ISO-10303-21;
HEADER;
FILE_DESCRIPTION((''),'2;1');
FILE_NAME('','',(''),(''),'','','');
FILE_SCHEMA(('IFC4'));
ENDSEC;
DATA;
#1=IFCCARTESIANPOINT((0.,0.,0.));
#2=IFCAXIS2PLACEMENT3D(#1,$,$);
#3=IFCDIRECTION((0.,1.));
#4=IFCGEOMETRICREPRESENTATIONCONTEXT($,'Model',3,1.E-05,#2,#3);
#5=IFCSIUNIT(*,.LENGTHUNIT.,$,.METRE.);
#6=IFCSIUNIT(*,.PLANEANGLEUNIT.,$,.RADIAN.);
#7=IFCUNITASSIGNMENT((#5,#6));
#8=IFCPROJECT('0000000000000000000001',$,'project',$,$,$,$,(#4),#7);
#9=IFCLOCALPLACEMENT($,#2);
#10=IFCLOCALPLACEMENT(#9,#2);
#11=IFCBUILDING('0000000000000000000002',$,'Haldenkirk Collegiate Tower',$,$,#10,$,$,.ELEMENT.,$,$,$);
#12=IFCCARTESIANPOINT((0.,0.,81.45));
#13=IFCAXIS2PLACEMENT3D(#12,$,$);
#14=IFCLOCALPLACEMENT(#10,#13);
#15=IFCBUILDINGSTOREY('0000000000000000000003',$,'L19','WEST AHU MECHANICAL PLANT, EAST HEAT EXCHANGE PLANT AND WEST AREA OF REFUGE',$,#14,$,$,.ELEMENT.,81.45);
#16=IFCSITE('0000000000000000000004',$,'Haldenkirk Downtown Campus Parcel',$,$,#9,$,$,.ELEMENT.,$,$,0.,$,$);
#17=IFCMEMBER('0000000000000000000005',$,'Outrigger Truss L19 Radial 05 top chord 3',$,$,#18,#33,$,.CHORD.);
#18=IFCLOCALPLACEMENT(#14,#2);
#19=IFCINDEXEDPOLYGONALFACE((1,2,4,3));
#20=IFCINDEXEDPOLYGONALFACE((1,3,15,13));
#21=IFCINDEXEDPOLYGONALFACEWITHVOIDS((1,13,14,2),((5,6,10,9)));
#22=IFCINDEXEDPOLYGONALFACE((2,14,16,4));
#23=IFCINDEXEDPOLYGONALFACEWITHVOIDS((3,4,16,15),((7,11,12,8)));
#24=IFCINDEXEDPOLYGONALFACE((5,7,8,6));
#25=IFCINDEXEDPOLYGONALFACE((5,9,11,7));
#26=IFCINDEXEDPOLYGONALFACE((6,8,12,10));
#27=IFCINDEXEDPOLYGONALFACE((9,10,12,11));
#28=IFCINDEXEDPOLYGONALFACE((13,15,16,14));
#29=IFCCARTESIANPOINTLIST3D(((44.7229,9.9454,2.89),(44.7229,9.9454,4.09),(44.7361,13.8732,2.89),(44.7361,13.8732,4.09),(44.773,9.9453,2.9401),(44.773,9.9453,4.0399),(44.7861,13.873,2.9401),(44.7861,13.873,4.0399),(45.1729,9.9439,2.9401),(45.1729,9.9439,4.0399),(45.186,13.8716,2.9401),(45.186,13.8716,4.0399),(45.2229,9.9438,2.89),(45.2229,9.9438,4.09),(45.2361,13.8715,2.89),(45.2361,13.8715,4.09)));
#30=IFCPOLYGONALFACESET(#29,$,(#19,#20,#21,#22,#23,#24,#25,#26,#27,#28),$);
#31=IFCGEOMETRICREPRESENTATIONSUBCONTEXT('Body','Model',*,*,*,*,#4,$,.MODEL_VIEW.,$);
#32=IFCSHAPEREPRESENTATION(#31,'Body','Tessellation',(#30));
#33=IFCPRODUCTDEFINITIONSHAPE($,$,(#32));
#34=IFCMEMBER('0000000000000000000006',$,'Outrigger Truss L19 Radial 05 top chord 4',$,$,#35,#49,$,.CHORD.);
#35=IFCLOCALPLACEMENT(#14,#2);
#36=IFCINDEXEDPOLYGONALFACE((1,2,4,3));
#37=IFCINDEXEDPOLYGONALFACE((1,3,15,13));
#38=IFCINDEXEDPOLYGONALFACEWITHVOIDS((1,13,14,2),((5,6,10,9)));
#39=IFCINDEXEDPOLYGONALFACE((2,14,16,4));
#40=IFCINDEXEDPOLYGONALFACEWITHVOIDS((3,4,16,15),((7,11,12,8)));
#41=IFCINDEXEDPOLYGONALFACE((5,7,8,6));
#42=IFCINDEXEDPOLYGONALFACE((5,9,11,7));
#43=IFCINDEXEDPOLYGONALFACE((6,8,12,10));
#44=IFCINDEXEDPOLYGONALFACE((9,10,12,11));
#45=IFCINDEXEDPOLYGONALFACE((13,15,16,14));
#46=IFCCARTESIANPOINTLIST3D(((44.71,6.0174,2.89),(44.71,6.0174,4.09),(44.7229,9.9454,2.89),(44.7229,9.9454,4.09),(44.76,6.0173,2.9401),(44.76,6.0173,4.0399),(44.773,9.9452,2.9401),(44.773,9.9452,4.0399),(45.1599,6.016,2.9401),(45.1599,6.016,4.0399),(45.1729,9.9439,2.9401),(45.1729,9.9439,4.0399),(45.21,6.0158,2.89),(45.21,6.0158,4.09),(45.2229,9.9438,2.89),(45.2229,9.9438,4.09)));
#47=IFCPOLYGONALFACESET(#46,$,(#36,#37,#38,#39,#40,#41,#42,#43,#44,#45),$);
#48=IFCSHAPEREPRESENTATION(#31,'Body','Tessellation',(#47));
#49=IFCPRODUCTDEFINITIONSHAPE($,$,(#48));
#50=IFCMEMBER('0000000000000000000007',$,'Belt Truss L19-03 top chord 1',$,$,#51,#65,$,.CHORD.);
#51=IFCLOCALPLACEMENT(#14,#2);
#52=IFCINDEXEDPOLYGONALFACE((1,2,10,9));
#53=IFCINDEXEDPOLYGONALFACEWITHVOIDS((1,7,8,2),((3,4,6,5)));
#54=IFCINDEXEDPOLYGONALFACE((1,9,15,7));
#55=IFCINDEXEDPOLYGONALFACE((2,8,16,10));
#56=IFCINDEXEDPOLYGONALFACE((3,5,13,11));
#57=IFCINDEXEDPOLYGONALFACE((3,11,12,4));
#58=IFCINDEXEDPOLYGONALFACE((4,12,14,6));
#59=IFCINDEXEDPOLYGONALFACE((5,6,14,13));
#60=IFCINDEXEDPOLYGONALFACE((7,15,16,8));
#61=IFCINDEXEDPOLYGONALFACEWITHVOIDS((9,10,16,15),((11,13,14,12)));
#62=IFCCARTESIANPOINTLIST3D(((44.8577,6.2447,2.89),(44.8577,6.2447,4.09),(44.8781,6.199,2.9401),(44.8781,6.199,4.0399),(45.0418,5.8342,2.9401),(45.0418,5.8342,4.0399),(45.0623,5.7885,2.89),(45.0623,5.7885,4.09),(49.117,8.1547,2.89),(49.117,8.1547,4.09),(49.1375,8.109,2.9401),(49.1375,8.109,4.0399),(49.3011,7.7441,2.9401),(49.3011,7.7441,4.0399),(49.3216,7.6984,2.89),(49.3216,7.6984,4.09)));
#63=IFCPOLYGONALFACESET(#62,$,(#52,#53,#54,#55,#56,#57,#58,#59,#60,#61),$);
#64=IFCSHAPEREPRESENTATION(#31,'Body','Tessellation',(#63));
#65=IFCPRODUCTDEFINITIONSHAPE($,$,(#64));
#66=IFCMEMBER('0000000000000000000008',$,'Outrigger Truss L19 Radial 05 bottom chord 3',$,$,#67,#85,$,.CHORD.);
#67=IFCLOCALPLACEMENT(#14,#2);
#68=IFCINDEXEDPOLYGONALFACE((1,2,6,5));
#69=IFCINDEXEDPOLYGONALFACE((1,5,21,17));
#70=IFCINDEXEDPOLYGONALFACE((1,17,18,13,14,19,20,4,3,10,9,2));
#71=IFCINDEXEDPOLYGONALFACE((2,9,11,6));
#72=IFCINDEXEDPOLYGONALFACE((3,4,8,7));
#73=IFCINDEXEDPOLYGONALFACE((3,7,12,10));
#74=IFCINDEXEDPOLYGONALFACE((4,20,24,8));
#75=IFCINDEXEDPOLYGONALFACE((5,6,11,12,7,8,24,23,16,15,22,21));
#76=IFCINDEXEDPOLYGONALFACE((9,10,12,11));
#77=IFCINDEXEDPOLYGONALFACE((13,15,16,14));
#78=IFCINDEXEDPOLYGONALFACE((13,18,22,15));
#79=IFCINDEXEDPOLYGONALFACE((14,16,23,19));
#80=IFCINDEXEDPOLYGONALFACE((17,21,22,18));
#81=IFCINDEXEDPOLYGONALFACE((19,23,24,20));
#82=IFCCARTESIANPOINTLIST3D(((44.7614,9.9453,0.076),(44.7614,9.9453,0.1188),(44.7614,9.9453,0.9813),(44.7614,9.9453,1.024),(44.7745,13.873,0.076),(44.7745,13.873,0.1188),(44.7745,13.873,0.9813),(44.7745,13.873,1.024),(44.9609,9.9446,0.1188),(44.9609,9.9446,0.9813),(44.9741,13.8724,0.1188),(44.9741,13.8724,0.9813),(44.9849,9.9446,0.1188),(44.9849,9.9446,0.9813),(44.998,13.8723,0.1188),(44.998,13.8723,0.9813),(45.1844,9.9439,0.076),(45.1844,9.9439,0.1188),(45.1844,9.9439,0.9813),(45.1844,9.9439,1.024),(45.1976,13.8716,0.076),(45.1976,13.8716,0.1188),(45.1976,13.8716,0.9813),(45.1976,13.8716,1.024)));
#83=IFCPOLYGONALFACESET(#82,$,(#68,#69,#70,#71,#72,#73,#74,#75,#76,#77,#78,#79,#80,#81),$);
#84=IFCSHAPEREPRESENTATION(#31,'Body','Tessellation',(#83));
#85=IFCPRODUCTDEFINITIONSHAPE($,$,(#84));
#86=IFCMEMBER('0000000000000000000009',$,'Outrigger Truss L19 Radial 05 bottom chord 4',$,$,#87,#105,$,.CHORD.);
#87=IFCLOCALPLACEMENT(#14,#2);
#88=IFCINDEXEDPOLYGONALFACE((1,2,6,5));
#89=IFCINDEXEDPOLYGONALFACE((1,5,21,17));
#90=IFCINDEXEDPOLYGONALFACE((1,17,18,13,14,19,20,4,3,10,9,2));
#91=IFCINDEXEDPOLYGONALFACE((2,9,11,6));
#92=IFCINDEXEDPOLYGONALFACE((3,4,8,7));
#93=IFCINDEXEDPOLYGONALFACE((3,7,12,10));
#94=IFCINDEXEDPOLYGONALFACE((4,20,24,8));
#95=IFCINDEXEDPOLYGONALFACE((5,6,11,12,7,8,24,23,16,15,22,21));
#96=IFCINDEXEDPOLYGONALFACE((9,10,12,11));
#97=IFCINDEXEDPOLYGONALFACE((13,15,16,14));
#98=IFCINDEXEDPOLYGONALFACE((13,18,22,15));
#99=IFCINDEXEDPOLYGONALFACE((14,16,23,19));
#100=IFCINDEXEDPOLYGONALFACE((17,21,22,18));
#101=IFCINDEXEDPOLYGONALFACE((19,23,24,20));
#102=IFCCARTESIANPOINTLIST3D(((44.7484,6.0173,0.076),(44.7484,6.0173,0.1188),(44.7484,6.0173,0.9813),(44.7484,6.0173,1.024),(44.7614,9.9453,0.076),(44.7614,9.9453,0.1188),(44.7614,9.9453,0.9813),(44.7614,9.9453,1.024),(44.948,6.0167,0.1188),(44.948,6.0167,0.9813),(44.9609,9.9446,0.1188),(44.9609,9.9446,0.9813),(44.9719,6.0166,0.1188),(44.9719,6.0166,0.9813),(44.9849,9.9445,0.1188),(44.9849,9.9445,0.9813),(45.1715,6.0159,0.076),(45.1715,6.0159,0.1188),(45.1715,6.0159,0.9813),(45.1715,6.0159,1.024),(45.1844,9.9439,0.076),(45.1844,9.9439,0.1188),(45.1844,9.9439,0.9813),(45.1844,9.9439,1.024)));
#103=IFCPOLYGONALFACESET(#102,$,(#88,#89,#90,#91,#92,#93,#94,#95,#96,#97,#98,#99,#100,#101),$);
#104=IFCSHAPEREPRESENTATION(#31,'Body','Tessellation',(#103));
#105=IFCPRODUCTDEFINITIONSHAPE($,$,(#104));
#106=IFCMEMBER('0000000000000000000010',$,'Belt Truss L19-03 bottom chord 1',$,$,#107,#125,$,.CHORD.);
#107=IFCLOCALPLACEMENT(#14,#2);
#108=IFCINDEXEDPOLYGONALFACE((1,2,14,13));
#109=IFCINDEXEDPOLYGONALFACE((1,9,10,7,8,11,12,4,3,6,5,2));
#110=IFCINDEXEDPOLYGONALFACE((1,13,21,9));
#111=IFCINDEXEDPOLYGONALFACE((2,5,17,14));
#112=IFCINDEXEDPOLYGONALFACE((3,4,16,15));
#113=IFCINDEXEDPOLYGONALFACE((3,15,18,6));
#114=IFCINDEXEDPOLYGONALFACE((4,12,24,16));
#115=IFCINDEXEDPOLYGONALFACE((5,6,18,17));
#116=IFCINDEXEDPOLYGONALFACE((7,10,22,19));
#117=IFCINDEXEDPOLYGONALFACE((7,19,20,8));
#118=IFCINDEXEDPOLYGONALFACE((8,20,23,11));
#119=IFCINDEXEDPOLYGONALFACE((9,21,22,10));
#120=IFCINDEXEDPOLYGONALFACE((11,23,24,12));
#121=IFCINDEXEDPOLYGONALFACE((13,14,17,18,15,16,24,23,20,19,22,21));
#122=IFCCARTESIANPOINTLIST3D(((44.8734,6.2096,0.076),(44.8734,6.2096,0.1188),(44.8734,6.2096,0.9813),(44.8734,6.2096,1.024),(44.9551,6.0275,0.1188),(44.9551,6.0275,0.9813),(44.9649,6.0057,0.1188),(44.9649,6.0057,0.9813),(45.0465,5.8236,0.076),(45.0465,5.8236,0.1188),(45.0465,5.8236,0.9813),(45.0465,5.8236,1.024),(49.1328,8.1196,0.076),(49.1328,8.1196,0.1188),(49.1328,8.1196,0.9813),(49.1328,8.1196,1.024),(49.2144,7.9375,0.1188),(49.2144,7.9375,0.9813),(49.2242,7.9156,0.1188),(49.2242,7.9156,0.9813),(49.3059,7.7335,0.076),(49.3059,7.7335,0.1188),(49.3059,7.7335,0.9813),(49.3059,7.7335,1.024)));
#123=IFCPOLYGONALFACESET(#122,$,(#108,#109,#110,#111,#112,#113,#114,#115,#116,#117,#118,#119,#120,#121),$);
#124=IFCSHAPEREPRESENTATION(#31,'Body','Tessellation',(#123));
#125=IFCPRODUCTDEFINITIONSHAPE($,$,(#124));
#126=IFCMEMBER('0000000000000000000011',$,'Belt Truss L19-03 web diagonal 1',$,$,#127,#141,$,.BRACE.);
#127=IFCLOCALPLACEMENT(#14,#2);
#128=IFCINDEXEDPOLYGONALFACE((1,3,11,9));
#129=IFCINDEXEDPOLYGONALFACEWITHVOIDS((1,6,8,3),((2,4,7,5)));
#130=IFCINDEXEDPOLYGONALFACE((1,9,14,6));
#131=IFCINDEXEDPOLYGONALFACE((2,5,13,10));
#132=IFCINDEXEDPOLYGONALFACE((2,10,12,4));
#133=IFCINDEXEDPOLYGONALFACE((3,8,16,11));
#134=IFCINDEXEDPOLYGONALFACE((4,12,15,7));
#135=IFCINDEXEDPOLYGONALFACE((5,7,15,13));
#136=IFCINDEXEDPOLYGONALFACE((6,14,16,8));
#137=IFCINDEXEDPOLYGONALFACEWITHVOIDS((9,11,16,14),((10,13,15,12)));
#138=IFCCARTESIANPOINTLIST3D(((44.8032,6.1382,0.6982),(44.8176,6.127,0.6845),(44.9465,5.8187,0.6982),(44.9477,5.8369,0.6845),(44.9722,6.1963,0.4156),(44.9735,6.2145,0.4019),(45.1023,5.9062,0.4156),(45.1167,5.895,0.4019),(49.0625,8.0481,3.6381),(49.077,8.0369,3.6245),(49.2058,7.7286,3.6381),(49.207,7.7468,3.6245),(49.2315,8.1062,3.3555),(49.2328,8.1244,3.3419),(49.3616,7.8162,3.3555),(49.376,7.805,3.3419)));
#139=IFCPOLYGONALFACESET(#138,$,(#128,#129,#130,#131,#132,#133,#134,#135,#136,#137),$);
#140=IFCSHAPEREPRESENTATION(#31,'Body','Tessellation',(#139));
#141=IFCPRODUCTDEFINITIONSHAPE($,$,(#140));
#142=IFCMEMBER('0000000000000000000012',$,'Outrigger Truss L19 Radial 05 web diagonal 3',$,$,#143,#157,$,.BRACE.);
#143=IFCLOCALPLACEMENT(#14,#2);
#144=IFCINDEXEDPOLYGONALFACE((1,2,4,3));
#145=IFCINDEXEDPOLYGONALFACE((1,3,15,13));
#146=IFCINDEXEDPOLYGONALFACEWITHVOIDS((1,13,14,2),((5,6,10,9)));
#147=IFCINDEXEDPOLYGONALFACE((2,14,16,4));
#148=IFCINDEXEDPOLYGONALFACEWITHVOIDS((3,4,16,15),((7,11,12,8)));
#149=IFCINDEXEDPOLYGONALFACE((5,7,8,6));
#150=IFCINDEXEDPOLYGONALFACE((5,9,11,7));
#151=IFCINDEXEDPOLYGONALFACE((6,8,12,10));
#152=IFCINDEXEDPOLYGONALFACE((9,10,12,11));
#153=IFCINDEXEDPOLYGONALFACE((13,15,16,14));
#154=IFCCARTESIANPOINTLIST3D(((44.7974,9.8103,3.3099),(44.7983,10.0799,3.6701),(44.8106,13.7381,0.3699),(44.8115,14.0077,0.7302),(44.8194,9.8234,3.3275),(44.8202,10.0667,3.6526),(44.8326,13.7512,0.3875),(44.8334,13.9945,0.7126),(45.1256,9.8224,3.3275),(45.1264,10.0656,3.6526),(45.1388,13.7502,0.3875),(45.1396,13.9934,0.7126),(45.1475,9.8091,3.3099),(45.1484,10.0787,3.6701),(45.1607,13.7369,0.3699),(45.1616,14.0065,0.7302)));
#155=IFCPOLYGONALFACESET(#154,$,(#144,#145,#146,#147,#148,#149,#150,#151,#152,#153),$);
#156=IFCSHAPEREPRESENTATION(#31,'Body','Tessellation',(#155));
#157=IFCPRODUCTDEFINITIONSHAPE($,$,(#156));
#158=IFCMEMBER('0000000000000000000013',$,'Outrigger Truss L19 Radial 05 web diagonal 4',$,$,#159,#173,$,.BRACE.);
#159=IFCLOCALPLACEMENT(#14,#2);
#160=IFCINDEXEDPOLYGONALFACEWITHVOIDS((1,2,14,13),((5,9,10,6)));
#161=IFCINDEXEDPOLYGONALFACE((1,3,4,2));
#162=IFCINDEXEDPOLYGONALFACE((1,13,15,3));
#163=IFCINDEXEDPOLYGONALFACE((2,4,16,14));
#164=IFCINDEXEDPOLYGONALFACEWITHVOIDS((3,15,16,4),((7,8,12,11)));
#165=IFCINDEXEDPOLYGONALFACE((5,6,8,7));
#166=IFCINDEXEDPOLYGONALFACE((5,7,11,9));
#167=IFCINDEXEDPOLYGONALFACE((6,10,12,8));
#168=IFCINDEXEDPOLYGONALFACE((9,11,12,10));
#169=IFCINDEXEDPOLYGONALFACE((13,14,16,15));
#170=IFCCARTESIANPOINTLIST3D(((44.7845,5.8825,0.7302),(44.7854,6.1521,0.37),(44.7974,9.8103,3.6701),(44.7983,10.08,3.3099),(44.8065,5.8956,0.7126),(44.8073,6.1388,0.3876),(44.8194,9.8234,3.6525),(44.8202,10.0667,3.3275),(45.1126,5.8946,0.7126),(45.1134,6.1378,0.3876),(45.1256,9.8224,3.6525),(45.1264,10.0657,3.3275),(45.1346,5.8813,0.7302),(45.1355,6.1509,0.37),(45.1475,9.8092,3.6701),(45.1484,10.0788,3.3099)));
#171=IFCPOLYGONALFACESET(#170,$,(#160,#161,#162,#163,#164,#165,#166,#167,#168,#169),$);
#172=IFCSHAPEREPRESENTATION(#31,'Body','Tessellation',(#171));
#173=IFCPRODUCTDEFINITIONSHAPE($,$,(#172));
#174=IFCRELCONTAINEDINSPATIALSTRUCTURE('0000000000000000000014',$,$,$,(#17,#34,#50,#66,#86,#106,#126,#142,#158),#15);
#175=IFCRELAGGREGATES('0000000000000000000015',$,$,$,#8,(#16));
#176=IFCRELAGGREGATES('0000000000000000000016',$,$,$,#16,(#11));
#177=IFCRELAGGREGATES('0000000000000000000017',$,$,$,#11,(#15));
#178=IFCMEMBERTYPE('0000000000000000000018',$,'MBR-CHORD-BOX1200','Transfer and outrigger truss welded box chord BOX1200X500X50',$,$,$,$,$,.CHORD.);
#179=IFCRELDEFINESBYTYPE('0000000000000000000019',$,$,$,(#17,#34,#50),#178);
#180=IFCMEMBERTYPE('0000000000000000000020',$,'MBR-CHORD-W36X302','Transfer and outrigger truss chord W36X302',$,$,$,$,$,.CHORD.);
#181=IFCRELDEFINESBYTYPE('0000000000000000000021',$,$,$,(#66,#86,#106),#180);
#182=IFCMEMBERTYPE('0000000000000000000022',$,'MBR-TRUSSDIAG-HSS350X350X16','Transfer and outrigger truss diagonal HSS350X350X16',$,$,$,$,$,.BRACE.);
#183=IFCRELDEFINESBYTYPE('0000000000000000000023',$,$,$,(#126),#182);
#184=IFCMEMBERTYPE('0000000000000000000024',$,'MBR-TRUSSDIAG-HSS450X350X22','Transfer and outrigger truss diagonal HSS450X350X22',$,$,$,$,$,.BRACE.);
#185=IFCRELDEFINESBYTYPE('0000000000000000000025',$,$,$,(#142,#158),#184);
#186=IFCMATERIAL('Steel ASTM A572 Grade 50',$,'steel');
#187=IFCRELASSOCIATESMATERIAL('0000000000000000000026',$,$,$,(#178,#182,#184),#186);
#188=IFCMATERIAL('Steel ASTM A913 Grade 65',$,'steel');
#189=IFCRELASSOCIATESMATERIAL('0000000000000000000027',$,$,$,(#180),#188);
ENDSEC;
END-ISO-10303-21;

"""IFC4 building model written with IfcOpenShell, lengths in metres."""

from ifc_helpers import new_model, si_unit, direction, frame, origin, origin_2d, place, context, subcontext, project, spatial, hollow_rectangle, i_section, extrude, material, material_profile, profile_set, type_object, element, save


model = new_model("IFC4")

# Units and contexts
model_context = context("Model", 3, precision=1e-05, world=origin(), true_north=direction((0.0, 1.0)))
body_context = subcontext(model_context, "Body", "Model", "MODEL_VIEW")
ifc_project = project(units=[si_unit("LENGTHUNIT", "METRE"), si_unit("PLANEANGLEUNIT", "RADIAN")], contexts=[model_context])

# Site, building, storey
site_placement = place(None, origin())
site = spatial("IfcSite", under=ifc_project, at=site_placement, Name="Haldenkirk Downtown Campus Parcel", CompositionType="ELEMENT", RefElevation=0.0)
building_placement = place(site_placement, origin())
building = spatial("IfcBuilding", under=site, at=building_placement, Name="Haldenkirk Collegiate Tower", CompositionType="ELEMENT")
storey_placement = place(building_placement, frame((0.0, 0.0, 81.45)))
storey = spatial("IfcBuildingStorey", under=building, at=storey_placement, Name="L19", Description="WEST AHU MECHANICAL PLANT, EAST HEAT EXCHANGE PLANT AND WEST AREA OF REFUGE", CompositionType="ELEMENT", Elevation=81.45)

# Members
ifc_material_1 = material(Name="Steel ASTM A572 Grade 50", Category="steel")
ifc_material_profile_1 = material_profile(ifc_material_1, hollow_rectangle(XDim=0.5, YDim=1.2, WallThickness=0.05, at=origin_2d()), Name="BOX1200X500X50")
ifc_profile_set_1 = profile_set([ifc_material_profile_1], Name="Steel ASTM A572 Grade 50")
member_type_1 = type_object("IfcMemberType", Name="MBR-CHORD-BOX1200", Description="Transfer and outrigger truss welded box chord BOX1200X500X50", PredefinedType="CHORD", material=ifc_profile_set_1)
member_1_placement = place(storey_placement, frame((44.9861, 13.8723, 3.49), z_axis=(-0.003357, -0.999994, 0.0), x_axis=(0.999994, -0.003357, 0.0)))
element("IfcMember", 1, at=member_1_placement, inside=storey, type_object=member_type_1, Name="Outrigger Truss L19 Radial 05 top chord 3", PredefinedType="CHORD", context=body_context, shape_type="SweptSolid", body=[
    extrude(hollow_rectangle(XDim=0.5, YDim=1.2, WallThickness=0.05, at=origin_2d()), origin(), (0.0, 0.0, 1.0), 3.9277),
])
member_2_placement = place(storey_placement, frame((44.9729, 9.9446, 3.49), z_axis=(-0.003294, -0.999995, 0.0), x_axis=(0.999995, -0.003294, 0.0)))
element("IfcMember", 2, at=member_2_placement, inside=storey, type_object=member_type_1, Name="Outrigger Truss L19 Radial 05 top chord 4", PredefinedType="CHORD", context=body_context, shape_type="SweptSolid", body=[
    extrude(hollow_rectangle(XDim=0.5, YDim=1.2, WallThickness=0.05, at=origin_2d()), origin(), (0.0, 0.0, 1.0), 3.928),
])
member_3_placement = place(storey_placement, frame((44.96, 6.0166, 3.49), z_axis=(0.912463, 0.40916, 0.0), x_axis=(-0.40916, 0.912463, 0.0)))
element("IfcMember", 3, at=member_3_placement, inside=storey, type_object=member_type_1, Name="Belt Truss L19-03 top chord 1", PredefinedType="CHORD", context=body_context, shape_type="SweptSolid", body=[
    extrude(hollow_rectangle(XDim=0.5, YDim=1.2, WallThickness=0.05, at=origin_2d()), origin(), (0.0, 0.0, 1.0), 4.668),
])
ifc_material_2 = material(Name="Steel ASTM A913 Grade 65", Category="steel")
ifc_material_profile_2 = material_profile(ifc_material_2, i_section(OverallWidth=0.4231, OverallDepth=0.948, WebThickness=0.0239, FlangeThickness=0.0427, at=origin_2d()), Name="W36X302")
ifc_profile_set_2 = profile_set([ifc_material_profile_2], Name="Steel ASTM A913 Grade 65")
member_type_2 = type_object("IfcMemberType", Name="MBR-CHORD-W36X302", Description="Transfer and outrigger truss chord W36X302", PredefinedType="CHORD", material=ifc_profile_set_2)
member_4_placement = place(storey_placement, frame((44.9861, 13.8723, 0.55), z_axis=(-0.003357, -0.999994, 0.0), x_axis=(0.999994, -0.003357, 0.0)))
element("IfcMember", 4, at=member_4_placement, inside=storey, type_object=member_type_2, Name="Outrigger Truss L19 Radial 05 bottom chord 3", PredefinedType="CHORD", context=body_context, shape_type="SweptSolid", body=[
    extrude(i_section(OverallWidth=0.4231, OverallDepth=0.948, WebThickness=0.0239, FlangeThickness=0.0427, at=origin_2d()), origin(), (0.0, 0.0, 1.0), 3.9277),
])
member_5_placement = place(storey_placement, frame((44.9729, 9.9446, 0.55), z_axis=(-0.003294, -0.999995, 0.0), x_axis=(0.999995, -0.003294, 0.0)))
element("IfcMember", 5, at=member_5_placement, inside=storey, type_object=member_type_2, Name="Outrigger Truss L19 Radial 05 bottom chord 4", PredefinedType="CHORD", context=body_context, shape_type="SweptSolid", body=[
    extrude(i_section(OverallWidth=0.4231, OverallDepth=0.948, WebThickness=0.0239, FlangeThickness=0.0427, at=origin_2d()), origin(), (0.0, 0.0, 1.0), 3.928),
])
member_6_placement = place(storey_placement, frame((44.96, 6.0166, 0.55), z_axis=(0.912463, 0.40916, 0.0), x_axis=(-0.40916, 0.912463, 0.0)))
element("IfcMember", 6, at=member_6_placement, inside=storey, type_object=member_type_2, Name="Belt Truss L19-03 bottom chord 1", PredefinedType="CHORD", context=body_context, shape_type="SweptSolid", body=[
    extrude(i_section(OverallWidth=0.4231, OverallDepth=0.948, WebThickness=0.0239, FlangeThickness=0.0427, at=origin_2d()), origin(), (0.0, 0.0, 1.0), 4.668),
])
ifc_material_profile_3 = material_profile(ifc_material_1, hollow_rectangle(XDim=0.3501, YDim=0.3501, WallThickness=0.0161, at=origin_2d()), Name="HSS350X350X16")
ifc_profile_set_3 = profile_set([ifc_material_profile_3], Name="Steel ASTM A572 Grade 50")
member_type_3 = type_object("IfcMemberType", Name="MBR-TRUSSDIAG-HSS350X350X16", Description="Transfer and outrigger truss diagonal HSS350X350X16", PredefinedType="BRACE", material=ifc_profile_set_3)
member_7_placement = place(storey_placement, frame((44.96, 6.0166, 0.55), z_axis=(0.772089, 0.346214, 0.53293), x_axis=(-0.40916, 0.912463, 0.0)))
element("IfcMember", 7, at=member_7_placement, inside=storey, type_object=member_type_3, Name="Belt Truss L19-03 web diagonal 1", PredefinedType="BRACE", context=body_context, shape_type="SweptSolid", body=[
    extrude(hollow_rectangle(XDim=0.3501, YDim=0.3501, WallThickness=0.0161, at=origin_2d()), origin(), (0.0, 0.0, 1.0), 5.5166),
])
ifc_material_profile_4 = material_profile(ifc_material_1, hollow_rectangle(XDim=0.3501, YDim=0.45, WallThickness=0.022, at=origin_2d()), Name="HSS450X350X22")
ifc_profile_set_4 = profile_set([ifc_material_profile_4], Name="Steel ASTM A572 Grade 50")
member_type_4 = type_object("IfcMemberType", Name="MBR-TRUSSDIAG-HSS450X350X22", Description="Transfer and outrigger truss diagonal HSS450X350X22", PredefinedType="BRACE", material=ifc_profile_set_4)
for number, where, z_axis, x_axis, name in (
    (8, (44.9861, 13.8723, 0.55), (-0.002687, -0.80057, 0.599233), (0.999994, -0.003357, 0.0), "Outrigger Truss L19 Radial 05 web diagonal 3"),
    (9, (44.9729, 9.9446, 3.49), (-0.002637, -0.800588, -0.599209), (0.999995, -0.003294, 0.0), "Outrigger Truss L19 Radial 05 web diagonal 4"),
):
    element("IfcMember", number, at=place(storey_placement, frame(where, z_axis=z_axis, x_axis=x_axis)), inside=storey, type_object=member_type_4, Name=name, PredefinedType="BRACE", context=body_context, shape_type="SweptSolid", body=[
        extrude(hollow_rectangle(XDim=0.3501, YDim=0.45, WallThickness=0.022, at=origin_2d()), origin(), (0.0, 0.0, 1.0), 4.9062),
    ])

save(model, "model.ifc")
